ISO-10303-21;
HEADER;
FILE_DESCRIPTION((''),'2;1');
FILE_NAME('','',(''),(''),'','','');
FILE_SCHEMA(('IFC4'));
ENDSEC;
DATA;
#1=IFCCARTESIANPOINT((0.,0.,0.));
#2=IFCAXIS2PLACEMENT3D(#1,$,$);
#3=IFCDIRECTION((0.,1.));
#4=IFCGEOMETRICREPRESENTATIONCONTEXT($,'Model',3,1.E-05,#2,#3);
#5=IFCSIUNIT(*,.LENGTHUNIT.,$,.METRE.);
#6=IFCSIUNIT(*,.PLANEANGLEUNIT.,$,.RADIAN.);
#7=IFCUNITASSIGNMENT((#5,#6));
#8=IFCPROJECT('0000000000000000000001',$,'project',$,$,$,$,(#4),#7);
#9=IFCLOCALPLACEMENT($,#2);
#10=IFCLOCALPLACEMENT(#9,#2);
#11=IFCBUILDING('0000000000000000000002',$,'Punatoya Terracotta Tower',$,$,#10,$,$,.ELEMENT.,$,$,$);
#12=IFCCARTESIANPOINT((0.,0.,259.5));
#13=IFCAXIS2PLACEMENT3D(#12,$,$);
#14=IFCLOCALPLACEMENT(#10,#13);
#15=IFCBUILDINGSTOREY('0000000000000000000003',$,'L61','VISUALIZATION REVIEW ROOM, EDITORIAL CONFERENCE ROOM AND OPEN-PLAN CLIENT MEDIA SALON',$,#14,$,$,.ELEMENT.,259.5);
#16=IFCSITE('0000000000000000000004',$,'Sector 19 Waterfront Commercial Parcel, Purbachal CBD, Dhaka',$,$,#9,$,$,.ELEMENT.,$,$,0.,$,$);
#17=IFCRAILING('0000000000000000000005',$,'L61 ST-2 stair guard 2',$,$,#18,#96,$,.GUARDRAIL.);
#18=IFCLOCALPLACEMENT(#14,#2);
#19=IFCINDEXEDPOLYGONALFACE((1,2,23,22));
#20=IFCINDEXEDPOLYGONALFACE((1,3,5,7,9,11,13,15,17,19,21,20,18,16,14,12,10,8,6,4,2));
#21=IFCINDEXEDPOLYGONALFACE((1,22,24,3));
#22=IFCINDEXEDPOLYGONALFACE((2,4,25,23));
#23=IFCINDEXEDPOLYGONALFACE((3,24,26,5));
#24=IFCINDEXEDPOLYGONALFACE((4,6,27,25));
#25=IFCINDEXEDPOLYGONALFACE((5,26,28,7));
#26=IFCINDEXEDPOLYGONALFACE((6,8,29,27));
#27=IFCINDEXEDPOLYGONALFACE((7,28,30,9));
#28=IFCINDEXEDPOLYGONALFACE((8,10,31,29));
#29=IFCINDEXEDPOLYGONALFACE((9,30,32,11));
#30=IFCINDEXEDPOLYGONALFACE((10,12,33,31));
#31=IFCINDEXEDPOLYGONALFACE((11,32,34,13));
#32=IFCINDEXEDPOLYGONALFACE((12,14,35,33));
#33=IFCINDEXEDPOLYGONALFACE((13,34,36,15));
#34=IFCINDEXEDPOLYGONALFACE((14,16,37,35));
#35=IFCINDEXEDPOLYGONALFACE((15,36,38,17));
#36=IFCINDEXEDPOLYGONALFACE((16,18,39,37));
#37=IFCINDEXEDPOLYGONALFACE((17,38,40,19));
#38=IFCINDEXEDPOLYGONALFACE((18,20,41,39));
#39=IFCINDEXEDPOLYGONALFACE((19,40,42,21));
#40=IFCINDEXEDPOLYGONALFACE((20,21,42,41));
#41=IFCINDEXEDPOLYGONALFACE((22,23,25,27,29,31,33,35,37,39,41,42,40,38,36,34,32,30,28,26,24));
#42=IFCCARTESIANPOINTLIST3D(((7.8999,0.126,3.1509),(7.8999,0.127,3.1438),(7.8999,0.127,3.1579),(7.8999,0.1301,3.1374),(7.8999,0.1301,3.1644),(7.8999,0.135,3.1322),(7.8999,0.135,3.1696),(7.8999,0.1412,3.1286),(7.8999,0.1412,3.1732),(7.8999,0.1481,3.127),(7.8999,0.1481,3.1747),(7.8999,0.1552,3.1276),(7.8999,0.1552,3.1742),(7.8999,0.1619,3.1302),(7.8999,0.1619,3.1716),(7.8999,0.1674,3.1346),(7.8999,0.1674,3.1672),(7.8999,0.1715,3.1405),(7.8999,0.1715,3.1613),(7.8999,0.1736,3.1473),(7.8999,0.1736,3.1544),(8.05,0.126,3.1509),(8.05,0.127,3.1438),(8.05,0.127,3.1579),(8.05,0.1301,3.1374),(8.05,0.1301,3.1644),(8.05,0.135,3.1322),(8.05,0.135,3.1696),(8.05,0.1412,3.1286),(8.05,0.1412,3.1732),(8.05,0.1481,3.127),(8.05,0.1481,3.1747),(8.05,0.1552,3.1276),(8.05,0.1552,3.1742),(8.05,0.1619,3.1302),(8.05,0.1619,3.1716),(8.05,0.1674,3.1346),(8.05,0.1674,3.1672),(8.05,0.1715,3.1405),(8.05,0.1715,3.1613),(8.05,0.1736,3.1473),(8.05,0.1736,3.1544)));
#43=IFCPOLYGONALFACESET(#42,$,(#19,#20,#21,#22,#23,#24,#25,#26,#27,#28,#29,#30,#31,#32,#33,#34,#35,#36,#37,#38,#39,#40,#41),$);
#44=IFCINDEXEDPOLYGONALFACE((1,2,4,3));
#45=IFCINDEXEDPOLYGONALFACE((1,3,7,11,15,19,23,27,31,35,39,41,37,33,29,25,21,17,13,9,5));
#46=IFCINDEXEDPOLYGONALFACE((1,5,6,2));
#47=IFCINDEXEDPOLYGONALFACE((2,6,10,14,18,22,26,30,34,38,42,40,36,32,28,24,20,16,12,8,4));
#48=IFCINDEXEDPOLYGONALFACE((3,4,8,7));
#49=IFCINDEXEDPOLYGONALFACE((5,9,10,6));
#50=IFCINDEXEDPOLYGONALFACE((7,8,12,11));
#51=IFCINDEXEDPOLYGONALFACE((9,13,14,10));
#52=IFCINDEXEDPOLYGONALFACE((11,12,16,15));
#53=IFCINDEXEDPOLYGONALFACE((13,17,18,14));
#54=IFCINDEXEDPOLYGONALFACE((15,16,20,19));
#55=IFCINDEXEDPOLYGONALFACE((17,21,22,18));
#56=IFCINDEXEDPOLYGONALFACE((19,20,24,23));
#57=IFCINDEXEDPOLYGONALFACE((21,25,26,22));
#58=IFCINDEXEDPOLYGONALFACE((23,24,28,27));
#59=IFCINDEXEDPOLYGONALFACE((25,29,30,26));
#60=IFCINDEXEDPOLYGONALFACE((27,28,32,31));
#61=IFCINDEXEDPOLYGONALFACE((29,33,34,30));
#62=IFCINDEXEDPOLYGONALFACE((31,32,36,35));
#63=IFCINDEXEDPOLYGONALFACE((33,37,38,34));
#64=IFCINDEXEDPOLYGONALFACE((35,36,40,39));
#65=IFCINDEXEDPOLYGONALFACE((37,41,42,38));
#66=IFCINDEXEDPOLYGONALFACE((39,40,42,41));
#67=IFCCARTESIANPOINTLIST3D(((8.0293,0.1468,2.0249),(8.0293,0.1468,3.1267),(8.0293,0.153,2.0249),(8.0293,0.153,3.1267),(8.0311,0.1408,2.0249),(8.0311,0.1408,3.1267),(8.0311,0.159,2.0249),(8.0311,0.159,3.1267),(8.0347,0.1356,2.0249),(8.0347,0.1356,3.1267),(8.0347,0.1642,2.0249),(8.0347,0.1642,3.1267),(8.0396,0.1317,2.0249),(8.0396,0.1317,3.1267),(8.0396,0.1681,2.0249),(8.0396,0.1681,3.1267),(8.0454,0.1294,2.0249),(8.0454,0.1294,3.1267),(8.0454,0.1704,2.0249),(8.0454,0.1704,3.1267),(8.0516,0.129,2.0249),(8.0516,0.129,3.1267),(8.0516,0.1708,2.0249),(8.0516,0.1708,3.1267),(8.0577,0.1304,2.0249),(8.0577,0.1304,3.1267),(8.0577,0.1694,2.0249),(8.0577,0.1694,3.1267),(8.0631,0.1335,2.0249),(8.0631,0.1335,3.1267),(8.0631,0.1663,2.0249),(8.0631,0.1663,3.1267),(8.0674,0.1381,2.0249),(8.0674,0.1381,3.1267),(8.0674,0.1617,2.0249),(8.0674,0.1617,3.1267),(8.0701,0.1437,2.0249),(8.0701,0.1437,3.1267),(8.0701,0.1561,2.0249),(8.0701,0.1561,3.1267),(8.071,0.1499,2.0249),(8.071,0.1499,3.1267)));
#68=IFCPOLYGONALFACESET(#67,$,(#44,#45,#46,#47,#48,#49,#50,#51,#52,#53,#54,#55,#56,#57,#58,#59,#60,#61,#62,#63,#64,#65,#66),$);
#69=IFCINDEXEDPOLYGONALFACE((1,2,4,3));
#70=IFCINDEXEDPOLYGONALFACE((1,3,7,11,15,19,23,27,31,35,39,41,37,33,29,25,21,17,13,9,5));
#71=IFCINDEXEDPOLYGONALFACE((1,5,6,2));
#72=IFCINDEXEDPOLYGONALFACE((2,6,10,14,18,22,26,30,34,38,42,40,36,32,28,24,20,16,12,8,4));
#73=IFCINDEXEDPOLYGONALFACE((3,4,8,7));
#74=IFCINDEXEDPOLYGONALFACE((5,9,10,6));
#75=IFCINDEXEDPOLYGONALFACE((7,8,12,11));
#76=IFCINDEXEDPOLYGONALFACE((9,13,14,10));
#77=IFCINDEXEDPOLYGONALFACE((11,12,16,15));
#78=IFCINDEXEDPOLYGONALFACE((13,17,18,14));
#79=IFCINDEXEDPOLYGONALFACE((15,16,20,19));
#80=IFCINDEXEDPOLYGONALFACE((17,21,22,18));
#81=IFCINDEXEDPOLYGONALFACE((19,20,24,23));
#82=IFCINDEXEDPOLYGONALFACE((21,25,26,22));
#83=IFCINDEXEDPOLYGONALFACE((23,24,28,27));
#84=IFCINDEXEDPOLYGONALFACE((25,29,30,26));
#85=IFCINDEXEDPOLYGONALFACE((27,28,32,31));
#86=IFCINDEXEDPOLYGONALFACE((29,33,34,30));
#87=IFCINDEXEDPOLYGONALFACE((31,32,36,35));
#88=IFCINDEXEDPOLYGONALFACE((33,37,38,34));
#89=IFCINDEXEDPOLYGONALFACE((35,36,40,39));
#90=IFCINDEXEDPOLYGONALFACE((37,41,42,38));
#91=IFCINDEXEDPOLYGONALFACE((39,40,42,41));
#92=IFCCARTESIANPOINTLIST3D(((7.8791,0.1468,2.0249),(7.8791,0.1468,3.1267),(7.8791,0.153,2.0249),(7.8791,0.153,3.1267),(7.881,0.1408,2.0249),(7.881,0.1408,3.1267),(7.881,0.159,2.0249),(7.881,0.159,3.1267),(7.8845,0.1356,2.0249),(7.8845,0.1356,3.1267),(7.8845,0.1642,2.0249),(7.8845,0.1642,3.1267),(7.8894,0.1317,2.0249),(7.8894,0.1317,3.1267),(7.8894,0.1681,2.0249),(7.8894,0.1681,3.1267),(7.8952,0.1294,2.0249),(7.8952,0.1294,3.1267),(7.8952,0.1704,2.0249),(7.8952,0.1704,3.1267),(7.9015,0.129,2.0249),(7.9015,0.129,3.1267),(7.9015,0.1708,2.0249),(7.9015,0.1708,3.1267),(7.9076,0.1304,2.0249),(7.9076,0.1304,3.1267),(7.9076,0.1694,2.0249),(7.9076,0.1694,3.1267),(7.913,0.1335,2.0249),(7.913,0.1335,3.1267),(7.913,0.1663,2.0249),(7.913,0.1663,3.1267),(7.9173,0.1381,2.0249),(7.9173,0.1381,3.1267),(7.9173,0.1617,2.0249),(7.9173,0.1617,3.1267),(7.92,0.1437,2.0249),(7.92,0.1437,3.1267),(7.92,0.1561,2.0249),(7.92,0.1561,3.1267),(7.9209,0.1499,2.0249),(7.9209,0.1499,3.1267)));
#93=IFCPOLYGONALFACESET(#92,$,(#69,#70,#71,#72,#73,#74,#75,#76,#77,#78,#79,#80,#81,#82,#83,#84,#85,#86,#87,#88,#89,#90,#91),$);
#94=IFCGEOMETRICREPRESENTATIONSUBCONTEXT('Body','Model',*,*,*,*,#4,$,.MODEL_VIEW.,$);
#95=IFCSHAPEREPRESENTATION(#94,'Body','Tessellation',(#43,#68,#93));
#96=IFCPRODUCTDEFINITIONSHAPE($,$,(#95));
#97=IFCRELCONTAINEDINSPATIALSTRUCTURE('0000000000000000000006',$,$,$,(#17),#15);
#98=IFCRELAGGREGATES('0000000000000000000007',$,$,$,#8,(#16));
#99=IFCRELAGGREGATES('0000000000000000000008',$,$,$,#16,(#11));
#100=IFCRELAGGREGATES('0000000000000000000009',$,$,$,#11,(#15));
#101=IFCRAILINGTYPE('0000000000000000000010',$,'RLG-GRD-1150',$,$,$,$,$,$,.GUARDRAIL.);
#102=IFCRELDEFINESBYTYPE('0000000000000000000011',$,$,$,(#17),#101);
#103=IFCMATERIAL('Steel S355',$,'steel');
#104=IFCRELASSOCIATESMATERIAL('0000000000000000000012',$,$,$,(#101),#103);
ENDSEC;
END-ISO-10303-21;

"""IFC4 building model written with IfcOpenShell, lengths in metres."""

from ifc_helpers import new_model, si_unit, direction, frame, origin, origin_2d, place, context, subcontext, project, spatial, circle, extrude, material, type_object, element, save


model = new_model("IFC4")

# Units and contexts
model_context = context("Model", 3, precision=1e-05, world=origin(), true_north=direction((0.0, 1.0)))
body_context = subcontext(model_context, "Body", "Model", "MODEL_VIEW")
ifc_project = project(units=[si_unit("LENGTHUNIT", "METRE"), si_unit("PLANEANGLEUNIT", "RADIAN")], contexts=[model_context])

# Site, building, storey
site_placement = place(None, origin())
site = spatial("IfcSite", under=ifc_project, at=site_placement, Name="Sector 19 Waterfront Commercial Parcel, Purbachal CBD, Dhaka", CompositionType="ELEMENT", RefElevation=0.0)
building_placement = place(site_placement, origin())
building = spatial("IfcBuilding", under=site, at=building_placement, Name="Punatoya Terracotta Tower", CompositionType="ELEMENT")
storey_placement = place(building_placement, frame((0.0, 0.0, 259.5)))
storey = spatial("IfcBuildingStorey", under=building, at=storey_placement, Name="L61", Description="VISUALIZATION REVIEW ROOM, EDITORIAL CONFERENCE ROOM AND OPEN-PLAN CLIENT MEDIA SALON", CompositionType="ELEMENT", Elevation=259.5)

# Shared definitions
ifc_material_1 = material(Name="Steel S355", Category="steel")

# Railing
railing_type_1 = type_object("IfcRailingType", Name="RLG-GRD-1150", PredefinedType="GUARDRAIL", material=ifc_material_1)
railing_1_placement = place(storey_placement, frame((8.05, 0.1499, 2.0249)))
element("IfcRailing", 1, at=railing_1_placement, inside=storey, type_object=railing_type_1, Name="L61 ST-2 stair guard 2", PredefinedType="GUARDRAIL", context=body_context, shape_type="SweptSolid", body=[
    extrude(circle(Radius=0.0239, at=origin_2d()), frame((0.0, 0.0, 1.126), z_axis=(-1.0, 0.0, 0.0), x_axis=(0.0, -1.0, 0.0)), (0.0, 0.0, 1.0), 0.1501),
    extrude(circle(Radius=0.021, at=origin_2d()), origin(), (0.0, 0.0, 1.0), 1.1018),
    extrude(circle(Radius=0.021, at=origin_2d()), frame((-0.1501, 0.0, 0.0)), (0.0, 0.0, 1.0), 1.1018),
])

save(model, "model.ifc")
